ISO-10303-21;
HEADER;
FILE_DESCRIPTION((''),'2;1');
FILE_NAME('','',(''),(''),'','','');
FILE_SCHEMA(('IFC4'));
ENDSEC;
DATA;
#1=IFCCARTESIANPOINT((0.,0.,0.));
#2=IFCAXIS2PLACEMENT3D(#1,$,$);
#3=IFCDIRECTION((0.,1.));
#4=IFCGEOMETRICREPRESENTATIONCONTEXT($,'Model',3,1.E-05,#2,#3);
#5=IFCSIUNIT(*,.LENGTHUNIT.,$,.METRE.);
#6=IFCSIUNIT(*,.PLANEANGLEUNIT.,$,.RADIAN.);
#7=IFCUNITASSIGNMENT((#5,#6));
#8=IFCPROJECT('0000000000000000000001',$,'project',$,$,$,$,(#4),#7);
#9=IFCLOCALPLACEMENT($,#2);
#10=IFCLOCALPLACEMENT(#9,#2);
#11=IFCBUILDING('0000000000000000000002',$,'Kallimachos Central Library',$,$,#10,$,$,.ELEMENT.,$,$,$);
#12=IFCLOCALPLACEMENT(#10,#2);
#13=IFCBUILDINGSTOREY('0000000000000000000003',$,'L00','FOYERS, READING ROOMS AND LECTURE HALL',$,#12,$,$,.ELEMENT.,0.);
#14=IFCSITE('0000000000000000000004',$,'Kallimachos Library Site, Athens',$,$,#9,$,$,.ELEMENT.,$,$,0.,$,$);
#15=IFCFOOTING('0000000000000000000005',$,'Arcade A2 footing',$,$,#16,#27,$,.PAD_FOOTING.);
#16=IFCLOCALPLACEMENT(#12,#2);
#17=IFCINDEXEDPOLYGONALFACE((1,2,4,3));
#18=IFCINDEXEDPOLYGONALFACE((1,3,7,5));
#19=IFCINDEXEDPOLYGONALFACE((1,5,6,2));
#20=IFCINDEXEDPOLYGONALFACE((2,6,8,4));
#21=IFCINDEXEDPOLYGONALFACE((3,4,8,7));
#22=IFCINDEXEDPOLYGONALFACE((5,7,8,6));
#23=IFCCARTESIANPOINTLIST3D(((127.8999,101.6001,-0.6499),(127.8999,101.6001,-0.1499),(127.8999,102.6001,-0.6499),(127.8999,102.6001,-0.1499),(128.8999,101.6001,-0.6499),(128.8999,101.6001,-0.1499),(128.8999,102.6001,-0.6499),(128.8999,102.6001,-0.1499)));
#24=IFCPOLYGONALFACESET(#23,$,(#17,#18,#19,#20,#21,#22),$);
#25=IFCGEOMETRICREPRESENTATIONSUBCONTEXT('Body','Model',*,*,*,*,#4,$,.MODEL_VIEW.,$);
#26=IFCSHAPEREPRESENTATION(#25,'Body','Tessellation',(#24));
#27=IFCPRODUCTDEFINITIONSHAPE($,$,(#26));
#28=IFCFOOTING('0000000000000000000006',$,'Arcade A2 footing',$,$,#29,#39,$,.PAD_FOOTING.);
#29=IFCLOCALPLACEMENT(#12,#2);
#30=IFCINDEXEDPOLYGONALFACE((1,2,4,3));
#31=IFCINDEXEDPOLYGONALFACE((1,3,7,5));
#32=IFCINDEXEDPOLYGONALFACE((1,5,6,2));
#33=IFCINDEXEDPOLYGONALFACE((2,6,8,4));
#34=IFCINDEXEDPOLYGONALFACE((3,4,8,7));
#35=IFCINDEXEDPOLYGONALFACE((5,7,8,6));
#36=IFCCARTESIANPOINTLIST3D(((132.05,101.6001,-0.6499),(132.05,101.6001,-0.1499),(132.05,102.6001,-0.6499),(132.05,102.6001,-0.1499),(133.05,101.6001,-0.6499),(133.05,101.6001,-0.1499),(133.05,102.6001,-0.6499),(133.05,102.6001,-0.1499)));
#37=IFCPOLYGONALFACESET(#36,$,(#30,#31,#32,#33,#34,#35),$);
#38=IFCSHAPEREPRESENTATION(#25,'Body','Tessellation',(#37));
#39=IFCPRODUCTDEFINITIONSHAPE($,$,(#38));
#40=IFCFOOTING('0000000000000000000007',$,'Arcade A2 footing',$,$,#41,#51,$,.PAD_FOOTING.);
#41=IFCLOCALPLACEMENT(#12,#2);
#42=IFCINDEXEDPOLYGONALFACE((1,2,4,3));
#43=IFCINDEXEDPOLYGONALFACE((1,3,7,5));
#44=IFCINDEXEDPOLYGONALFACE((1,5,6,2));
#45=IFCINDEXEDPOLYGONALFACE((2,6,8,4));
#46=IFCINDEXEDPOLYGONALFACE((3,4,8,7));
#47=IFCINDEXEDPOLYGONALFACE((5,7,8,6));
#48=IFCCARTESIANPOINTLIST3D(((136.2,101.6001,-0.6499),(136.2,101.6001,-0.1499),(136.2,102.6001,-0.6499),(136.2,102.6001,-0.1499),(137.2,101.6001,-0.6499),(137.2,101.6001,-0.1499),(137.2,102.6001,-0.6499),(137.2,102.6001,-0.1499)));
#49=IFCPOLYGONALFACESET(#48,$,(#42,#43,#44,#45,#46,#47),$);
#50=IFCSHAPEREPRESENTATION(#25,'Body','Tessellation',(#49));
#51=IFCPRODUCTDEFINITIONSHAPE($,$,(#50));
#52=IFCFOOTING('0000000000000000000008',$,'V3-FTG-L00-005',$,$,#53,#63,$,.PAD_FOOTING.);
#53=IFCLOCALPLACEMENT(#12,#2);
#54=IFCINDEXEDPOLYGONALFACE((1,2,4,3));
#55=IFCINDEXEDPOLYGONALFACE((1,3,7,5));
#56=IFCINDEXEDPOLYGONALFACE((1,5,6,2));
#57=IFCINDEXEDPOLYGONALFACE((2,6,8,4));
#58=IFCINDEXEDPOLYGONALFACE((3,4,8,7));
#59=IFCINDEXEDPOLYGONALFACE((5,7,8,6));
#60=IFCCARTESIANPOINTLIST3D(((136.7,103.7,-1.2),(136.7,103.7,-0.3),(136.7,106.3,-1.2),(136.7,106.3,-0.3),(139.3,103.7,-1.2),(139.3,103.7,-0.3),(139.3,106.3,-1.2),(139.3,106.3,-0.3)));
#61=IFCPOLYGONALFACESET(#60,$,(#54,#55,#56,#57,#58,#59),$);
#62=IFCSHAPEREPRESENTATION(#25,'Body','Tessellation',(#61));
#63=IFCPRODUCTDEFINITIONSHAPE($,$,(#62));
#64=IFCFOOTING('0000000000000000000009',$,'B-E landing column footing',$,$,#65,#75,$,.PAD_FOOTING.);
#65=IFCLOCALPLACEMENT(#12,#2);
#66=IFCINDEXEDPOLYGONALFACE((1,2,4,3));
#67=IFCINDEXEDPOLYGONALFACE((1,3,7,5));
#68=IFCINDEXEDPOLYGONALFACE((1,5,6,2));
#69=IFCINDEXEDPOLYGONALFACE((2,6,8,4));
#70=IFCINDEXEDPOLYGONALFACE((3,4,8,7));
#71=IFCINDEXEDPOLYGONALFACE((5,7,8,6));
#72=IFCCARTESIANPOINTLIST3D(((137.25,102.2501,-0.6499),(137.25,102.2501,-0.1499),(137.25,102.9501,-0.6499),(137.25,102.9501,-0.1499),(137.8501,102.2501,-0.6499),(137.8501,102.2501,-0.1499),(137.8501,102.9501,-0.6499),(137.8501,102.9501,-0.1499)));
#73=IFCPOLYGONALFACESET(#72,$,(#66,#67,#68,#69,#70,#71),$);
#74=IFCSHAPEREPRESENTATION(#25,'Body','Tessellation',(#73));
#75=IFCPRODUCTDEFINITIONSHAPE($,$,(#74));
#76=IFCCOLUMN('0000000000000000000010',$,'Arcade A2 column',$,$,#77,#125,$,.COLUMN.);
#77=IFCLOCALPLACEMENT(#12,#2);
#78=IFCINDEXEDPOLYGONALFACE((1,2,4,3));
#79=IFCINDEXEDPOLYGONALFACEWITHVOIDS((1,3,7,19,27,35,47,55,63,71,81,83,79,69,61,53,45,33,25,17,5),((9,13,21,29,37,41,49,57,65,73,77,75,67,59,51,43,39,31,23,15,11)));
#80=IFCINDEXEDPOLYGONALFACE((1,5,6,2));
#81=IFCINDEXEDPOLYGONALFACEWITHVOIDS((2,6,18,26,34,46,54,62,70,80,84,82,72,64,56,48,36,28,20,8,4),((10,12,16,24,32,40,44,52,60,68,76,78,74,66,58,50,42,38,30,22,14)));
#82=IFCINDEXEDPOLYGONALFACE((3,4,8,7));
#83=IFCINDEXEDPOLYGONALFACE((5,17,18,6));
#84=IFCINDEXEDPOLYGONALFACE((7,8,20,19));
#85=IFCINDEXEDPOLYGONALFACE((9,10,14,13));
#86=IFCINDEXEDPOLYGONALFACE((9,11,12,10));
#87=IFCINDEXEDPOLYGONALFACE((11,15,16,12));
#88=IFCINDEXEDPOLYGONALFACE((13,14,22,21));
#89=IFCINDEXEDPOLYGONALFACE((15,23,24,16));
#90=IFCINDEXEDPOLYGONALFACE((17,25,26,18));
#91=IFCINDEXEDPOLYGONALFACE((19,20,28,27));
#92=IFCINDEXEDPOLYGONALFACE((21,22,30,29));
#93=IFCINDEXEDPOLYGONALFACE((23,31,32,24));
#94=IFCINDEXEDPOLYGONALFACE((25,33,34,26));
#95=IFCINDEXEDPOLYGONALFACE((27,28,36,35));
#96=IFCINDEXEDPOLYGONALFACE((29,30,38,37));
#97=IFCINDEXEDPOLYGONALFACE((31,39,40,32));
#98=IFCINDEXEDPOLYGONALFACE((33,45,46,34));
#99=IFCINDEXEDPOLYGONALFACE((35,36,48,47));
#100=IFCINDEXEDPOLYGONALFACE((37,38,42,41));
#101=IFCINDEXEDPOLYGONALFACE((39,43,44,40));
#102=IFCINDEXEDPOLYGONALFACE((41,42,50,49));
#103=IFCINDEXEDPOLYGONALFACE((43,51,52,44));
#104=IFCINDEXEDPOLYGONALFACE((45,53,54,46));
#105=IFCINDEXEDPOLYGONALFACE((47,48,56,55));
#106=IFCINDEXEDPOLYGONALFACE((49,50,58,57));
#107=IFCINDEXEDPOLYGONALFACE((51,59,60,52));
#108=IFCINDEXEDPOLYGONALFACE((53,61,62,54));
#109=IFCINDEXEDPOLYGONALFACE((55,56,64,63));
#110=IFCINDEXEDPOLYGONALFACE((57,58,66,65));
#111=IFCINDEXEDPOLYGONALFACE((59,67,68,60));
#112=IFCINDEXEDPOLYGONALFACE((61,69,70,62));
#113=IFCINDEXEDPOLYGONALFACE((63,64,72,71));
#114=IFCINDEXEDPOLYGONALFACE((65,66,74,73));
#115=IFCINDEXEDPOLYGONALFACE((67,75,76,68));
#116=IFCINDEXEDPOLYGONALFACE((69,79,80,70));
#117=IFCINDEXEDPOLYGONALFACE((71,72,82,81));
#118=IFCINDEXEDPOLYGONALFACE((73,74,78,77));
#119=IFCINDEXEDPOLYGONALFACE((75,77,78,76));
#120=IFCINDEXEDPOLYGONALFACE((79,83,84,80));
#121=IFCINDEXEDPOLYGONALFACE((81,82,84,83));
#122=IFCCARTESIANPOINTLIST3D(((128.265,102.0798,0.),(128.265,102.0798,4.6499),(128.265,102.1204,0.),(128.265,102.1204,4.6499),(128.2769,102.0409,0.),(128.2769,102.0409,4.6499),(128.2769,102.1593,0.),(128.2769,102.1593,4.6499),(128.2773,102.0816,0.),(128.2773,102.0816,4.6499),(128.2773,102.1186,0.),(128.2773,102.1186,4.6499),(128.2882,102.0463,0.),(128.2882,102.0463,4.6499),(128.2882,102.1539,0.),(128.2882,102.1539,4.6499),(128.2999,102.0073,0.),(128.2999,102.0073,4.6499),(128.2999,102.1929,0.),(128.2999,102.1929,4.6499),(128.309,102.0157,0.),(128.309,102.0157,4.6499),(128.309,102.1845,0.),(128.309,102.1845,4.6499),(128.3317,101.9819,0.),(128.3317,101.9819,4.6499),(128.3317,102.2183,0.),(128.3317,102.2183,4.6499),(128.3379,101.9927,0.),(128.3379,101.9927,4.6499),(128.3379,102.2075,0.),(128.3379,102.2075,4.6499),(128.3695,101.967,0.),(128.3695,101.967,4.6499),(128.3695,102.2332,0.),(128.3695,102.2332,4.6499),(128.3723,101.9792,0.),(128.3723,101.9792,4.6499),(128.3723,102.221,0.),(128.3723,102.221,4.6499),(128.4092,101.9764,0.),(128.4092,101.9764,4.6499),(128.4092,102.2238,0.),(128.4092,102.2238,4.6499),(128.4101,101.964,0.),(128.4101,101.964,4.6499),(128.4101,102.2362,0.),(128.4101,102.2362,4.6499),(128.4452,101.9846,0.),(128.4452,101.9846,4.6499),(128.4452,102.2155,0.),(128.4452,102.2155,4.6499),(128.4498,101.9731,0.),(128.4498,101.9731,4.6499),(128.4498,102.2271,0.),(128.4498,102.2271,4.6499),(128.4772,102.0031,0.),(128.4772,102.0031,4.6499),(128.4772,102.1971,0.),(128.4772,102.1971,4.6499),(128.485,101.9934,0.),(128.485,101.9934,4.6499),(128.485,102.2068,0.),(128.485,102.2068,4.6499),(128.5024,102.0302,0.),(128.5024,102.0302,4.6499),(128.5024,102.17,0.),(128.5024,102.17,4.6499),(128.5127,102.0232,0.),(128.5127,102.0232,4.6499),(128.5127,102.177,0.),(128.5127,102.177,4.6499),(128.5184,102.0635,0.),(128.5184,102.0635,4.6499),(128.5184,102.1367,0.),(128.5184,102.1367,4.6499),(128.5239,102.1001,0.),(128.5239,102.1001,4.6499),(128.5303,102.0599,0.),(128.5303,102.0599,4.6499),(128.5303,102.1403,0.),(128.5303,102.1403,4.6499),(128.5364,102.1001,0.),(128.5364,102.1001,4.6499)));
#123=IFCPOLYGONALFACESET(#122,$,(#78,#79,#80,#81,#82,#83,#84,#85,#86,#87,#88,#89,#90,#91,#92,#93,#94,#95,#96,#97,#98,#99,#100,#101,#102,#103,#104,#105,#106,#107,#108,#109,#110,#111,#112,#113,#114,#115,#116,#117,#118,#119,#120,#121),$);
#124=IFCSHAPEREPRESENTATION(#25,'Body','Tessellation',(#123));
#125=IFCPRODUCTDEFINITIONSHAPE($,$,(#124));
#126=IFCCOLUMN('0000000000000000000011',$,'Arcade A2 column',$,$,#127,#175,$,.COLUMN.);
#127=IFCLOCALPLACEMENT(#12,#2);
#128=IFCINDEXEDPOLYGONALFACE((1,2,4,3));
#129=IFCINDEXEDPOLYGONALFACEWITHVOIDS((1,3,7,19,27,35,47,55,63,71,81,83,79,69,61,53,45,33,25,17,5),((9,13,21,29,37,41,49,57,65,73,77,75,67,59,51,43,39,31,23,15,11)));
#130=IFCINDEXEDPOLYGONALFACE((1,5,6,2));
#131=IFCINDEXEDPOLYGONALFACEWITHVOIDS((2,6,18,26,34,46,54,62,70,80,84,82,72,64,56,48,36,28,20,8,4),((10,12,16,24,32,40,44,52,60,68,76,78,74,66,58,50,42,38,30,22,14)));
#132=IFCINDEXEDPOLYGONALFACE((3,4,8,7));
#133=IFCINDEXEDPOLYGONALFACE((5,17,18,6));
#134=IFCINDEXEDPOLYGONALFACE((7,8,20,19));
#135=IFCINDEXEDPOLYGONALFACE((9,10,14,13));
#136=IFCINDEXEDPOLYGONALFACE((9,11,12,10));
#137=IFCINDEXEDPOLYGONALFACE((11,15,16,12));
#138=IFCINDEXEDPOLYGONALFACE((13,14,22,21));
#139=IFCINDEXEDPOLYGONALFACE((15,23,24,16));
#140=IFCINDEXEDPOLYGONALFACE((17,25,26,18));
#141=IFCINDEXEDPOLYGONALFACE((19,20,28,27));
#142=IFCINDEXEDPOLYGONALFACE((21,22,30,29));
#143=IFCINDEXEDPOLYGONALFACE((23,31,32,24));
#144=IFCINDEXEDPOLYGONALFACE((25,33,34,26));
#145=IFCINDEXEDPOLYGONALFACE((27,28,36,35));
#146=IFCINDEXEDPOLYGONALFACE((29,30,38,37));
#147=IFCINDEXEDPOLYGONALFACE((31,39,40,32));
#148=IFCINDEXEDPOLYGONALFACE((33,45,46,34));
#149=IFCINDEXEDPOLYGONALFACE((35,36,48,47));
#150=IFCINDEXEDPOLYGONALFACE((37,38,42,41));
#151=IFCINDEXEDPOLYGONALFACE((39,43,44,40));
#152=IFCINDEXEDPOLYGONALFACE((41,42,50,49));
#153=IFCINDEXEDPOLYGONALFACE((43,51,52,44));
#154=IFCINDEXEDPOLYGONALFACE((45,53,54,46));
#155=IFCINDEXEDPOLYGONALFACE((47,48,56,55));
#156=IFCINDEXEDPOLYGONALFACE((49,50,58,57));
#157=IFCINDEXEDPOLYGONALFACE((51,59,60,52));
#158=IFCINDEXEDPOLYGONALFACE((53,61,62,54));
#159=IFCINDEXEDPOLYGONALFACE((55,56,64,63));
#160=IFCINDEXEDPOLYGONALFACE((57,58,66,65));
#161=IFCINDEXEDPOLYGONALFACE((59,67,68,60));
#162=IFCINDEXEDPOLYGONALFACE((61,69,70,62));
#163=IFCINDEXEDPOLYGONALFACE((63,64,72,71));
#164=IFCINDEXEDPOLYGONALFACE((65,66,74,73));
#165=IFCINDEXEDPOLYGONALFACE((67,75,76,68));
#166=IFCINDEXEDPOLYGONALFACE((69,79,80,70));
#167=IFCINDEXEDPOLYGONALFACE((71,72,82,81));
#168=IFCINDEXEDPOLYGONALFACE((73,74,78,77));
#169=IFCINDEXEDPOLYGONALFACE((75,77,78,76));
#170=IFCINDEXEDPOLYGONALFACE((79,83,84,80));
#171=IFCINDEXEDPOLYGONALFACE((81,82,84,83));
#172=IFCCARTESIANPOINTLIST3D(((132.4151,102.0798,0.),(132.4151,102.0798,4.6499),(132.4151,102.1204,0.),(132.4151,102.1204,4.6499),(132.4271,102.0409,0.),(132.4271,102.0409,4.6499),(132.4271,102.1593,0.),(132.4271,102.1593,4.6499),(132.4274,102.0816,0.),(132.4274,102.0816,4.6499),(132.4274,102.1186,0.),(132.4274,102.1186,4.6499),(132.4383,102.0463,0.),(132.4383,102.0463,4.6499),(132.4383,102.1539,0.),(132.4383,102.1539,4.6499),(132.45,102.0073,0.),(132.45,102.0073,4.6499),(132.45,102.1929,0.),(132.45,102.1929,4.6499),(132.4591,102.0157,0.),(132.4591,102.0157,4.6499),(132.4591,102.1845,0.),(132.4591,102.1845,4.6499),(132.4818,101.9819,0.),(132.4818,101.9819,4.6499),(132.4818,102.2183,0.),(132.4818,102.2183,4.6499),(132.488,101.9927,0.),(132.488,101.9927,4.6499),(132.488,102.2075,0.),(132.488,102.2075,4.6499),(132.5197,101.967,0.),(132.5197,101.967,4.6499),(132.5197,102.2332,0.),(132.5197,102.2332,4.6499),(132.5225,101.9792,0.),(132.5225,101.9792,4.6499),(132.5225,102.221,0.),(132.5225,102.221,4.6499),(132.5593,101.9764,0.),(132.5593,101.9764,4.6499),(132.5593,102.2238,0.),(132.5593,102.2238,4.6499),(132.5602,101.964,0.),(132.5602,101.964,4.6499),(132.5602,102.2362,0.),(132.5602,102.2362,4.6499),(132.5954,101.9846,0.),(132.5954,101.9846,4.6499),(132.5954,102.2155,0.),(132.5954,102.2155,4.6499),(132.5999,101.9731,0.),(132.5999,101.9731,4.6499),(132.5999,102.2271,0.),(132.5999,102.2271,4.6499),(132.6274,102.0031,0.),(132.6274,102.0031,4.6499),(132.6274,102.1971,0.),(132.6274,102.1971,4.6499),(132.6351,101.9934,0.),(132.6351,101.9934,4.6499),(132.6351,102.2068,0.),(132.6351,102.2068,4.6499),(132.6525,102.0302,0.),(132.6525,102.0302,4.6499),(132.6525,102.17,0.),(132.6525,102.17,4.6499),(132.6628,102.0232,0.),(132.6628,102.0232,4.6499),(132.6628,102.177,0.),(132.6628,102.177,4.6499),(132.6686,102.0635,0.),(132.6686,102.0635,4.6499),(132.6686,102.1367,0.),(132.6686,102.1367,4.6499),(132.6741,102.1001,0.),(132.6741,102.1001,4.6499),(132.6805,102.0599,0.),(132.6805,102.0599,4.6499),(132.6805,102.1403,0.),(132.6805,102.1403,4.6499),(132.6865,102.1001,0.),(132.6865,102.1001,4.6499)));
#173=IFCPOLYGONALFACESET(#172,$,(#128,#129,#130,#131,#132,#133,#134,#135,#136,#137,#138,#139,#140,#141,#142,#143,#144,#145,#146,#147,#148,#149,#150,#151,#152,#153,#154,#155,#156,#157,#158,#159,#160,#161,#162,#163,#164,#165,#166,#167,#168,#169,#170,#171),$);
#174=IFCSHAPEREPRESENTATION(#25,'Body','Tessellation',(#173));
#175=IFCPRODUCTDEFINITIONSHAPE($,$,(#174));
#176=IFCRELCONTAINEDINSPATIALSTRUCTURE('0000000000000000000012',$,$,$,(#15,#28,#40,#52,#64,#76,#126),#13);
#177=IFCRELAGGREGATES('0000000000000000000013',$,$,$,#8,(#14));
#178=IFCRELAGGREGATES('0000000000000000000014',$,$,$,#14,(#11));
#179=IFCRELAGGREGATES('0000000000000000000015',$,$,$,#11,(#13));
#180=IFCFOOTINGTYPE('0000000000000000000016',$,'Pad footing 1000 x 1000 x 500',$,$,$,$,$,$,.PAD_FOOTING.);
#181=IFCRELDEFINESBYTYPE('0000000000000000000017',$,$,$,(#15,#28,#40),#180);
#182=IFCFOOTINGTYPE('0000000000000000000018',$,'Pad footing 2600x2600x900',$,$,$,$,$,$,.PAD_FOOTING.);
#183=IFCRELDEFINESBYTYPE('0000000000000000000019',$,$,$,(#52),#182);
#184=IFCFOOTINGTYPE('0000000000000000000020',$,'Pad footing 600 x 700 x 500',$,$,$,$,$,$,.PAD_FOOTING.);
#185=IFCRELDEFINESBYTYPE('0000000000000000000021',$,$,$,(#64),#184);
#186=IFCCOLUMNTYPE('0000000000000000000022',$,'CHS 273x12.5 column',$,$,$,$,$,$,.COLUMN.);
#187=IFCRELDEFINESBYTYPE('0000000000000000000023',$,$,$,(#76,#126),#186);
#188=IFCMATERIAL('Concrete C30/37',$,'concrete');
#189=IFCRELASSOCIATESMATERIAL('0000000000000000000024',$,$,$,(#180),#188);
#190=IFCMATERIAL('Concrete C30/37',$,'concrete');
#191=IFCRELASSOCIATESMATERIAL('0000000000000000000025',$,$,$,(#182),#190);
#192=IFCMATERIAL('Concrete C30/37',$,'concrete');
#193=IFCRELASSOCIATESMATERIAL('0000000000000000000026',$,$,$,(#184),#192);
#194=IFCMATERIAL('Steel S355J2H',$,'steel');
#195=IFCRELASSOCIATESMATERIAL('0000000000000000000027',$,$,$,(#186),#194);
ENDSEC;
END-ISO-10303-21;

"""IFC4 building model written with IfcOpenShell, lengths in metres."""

from ifc_helpers import new_model, si_unit, direction, frame, origin, origin_2d, place, context, subcontext, project, spatial, rectangle, hollow_circle, extrude, material, material_profile, profile_set, type_object, element, save


model = new_model("IFC4")

# Units and contexts
model_context = context("Model", 3, precision=1e-05, world=origin(), true_north=direction((0.0, 1.0)))
body_context = subcontext(model_context, "Body", "Model", "MODEL_VIEW")
ifc_project = project(units=[si_unit("LENGTHUNIT", "METRE"), si_unit("PLANEANGLEUNIT", "RADIAN")], contexts=[model_context])

# Site, building, storey
site_placement = place(None, origin())
site = spatial("IfcSite", under=ifc_project, at=site_placement, Name="Kallimachos Library Site, Athens", CompositionType="ELEMENT", RefElevation=0.0)
building_placement = place(site_placement, origin())
building = spatial("IfcBuilding", under=site, at=building_placement, Name="Kallimachos Central Library", CompositionType="ELEMENT")
storey_placement = place(building_placement, origin())
storey = spatial("IfcBuildingStorey", under=building, at=storey_placement, Name="L00", Description="FOYERS, READING ROOMS AND LECTURE HALL", CompositionType="ELEMENT", Elevation=0.0)

# Footings
ifc_material_1 = material(Name="Concrete C30/37", Category="concrete")
footing_type_1 = type_object("IfcFootingType", Name="Pad footing 1000 x 1000 x 500", PredefinedType="PAD_FOOTING", material=ifc_material_1)
for number, where, z_axis, x_axis, name in (
    (1, (128.3999, 102.1001, -0.6499), (0.0, 0.0, 1.0), (1.0, 0.0, 0.0), "Arcade A2 footing"),
    (2, (132.55, 102.1001, -0.6499), (0.0, 0.0, 1.0), (1.0, 0.0, 0.0), "Arcade A2 footing"),
    (3, (136.7, 102.1001, -0.6499), (0.0, 0.0, 1.0), (1.0, 0.0, 0.0), "Arcade A2 footing"),
):
    element("IfcFooting", number, at=place(storey_placement, frame(where, z_axis=z_axis, x_axis=x_axis)), inside=storey, type_object=footing_type_1, Name=name, PredefinedType="PAD_FOOTING", context=body_context, shape_type="SweptSolid", body=[
        extrude(rectangle(XDim=1.0, YDim=1.0, at=origin_2d()), origin(), (0.0, 0.0, 1.0), 0.5),
    ])
ifc_material_2 = material(Name="Concrete C30/37", Category="concrete")
footing_type_2 = type_object("IfcFootingType", Name="Pad footing 2600x2600x900", PredefinedType="PAD_FOOTING", material=ifc_material_2)
footing_1_placement = place(storey_placement, frame((138.0, 105.0, -1.2), z_axis=(0.0, 0.0, 1.0), x_axis=(1.0, 0.0, 0.0)))
element("IfcFooting", 4, at=footing_1_placement, inside=storey, type_object=footing_type_2, Name="V3-FTG-L00-005", PredefinedType="PAD_FOOTING", context=body_context, shape_type="SweptSolid", body=[
    extrude(rectangle(XDim=2.6001, YDim=2.6001, at=origin_2d()), origin(), (0.0, 0.0, 1.0), 0.8999),
])
ifc_material_3 = material(Name="Concrete C30/37", Category="concrete")
footing_type_3 = type_object("IfcFootingType", Name="Pad footing 600 x 700 x 500", PredefinedType="PAD_FOOTING", material=ifc_material_3)
footing_2_placement = place(storey_placement, frame((137.55, 102.6001, -0.6499), z_axis=(0.0, 0.0, 1.0), x_axis=(1.0, 0.0, 0.0)))
element("IfcFooting", 5, at=footing_2_placement, inside=storey, type_object=footing_type_3, Name="B-E landing column footing", PredefinedType="PAD_FOOTING", context=body_context, shape_type="SweptSolid", body=[
    extrude(rectangle(XDim=0.6001, YDim=0.7, at=origin_2d()), origin(), (0.0, 0.0, 1.0), 0.5),
])

# Columns
ifc_material_4 = material(Name="Steel S355J2H", Category="steel")
ifc_material_profile_1 = material_profile(ifc_material_4, hollow_circle(Radius=0.1365, WallThickness=0.0125, at=origin_2d()), Name="CHS 273x12.5")
ifc_profile_set_1 = profile_set([ifc_material_profile_1], Name="Steel S355J2H")
column_type_1 = type_object("IfcColumnType", Name="CHS 273x12.5 column", PredefinedType="COLUMN", material=ifc_profile_set_1)
for number, where, z_axis, x_axis, name in (
    (6, (128.3999, 102.1001, 0.0), (0.0, 0.0, 1.0), (1.0, 0.0, 0.0), "Arcade A2 column"),
    (7, (132.55, 102.1001, 0.0), (0.0, 0.0, 1.0), (1.0, 0.0, 0.0), "Arcade A2 column"),
):
    element("IfcColumn", number, at=place(storey_placement, frame(where, z_axis=z_axis, x_axis=x_axis)), inside=storey, type_object=column_type_1, Name=name, PredefinedType="COLUMN", context=body_context, shape_type="SweptSolid", body=[
        extrude(hollow_circle(Radius=0.1365, WallThickness=0.0125, at=origin_2d()), origin(), (0.0, 0.0, 1.0), 4.6499),
    ])

save(model, "model.ifc")
